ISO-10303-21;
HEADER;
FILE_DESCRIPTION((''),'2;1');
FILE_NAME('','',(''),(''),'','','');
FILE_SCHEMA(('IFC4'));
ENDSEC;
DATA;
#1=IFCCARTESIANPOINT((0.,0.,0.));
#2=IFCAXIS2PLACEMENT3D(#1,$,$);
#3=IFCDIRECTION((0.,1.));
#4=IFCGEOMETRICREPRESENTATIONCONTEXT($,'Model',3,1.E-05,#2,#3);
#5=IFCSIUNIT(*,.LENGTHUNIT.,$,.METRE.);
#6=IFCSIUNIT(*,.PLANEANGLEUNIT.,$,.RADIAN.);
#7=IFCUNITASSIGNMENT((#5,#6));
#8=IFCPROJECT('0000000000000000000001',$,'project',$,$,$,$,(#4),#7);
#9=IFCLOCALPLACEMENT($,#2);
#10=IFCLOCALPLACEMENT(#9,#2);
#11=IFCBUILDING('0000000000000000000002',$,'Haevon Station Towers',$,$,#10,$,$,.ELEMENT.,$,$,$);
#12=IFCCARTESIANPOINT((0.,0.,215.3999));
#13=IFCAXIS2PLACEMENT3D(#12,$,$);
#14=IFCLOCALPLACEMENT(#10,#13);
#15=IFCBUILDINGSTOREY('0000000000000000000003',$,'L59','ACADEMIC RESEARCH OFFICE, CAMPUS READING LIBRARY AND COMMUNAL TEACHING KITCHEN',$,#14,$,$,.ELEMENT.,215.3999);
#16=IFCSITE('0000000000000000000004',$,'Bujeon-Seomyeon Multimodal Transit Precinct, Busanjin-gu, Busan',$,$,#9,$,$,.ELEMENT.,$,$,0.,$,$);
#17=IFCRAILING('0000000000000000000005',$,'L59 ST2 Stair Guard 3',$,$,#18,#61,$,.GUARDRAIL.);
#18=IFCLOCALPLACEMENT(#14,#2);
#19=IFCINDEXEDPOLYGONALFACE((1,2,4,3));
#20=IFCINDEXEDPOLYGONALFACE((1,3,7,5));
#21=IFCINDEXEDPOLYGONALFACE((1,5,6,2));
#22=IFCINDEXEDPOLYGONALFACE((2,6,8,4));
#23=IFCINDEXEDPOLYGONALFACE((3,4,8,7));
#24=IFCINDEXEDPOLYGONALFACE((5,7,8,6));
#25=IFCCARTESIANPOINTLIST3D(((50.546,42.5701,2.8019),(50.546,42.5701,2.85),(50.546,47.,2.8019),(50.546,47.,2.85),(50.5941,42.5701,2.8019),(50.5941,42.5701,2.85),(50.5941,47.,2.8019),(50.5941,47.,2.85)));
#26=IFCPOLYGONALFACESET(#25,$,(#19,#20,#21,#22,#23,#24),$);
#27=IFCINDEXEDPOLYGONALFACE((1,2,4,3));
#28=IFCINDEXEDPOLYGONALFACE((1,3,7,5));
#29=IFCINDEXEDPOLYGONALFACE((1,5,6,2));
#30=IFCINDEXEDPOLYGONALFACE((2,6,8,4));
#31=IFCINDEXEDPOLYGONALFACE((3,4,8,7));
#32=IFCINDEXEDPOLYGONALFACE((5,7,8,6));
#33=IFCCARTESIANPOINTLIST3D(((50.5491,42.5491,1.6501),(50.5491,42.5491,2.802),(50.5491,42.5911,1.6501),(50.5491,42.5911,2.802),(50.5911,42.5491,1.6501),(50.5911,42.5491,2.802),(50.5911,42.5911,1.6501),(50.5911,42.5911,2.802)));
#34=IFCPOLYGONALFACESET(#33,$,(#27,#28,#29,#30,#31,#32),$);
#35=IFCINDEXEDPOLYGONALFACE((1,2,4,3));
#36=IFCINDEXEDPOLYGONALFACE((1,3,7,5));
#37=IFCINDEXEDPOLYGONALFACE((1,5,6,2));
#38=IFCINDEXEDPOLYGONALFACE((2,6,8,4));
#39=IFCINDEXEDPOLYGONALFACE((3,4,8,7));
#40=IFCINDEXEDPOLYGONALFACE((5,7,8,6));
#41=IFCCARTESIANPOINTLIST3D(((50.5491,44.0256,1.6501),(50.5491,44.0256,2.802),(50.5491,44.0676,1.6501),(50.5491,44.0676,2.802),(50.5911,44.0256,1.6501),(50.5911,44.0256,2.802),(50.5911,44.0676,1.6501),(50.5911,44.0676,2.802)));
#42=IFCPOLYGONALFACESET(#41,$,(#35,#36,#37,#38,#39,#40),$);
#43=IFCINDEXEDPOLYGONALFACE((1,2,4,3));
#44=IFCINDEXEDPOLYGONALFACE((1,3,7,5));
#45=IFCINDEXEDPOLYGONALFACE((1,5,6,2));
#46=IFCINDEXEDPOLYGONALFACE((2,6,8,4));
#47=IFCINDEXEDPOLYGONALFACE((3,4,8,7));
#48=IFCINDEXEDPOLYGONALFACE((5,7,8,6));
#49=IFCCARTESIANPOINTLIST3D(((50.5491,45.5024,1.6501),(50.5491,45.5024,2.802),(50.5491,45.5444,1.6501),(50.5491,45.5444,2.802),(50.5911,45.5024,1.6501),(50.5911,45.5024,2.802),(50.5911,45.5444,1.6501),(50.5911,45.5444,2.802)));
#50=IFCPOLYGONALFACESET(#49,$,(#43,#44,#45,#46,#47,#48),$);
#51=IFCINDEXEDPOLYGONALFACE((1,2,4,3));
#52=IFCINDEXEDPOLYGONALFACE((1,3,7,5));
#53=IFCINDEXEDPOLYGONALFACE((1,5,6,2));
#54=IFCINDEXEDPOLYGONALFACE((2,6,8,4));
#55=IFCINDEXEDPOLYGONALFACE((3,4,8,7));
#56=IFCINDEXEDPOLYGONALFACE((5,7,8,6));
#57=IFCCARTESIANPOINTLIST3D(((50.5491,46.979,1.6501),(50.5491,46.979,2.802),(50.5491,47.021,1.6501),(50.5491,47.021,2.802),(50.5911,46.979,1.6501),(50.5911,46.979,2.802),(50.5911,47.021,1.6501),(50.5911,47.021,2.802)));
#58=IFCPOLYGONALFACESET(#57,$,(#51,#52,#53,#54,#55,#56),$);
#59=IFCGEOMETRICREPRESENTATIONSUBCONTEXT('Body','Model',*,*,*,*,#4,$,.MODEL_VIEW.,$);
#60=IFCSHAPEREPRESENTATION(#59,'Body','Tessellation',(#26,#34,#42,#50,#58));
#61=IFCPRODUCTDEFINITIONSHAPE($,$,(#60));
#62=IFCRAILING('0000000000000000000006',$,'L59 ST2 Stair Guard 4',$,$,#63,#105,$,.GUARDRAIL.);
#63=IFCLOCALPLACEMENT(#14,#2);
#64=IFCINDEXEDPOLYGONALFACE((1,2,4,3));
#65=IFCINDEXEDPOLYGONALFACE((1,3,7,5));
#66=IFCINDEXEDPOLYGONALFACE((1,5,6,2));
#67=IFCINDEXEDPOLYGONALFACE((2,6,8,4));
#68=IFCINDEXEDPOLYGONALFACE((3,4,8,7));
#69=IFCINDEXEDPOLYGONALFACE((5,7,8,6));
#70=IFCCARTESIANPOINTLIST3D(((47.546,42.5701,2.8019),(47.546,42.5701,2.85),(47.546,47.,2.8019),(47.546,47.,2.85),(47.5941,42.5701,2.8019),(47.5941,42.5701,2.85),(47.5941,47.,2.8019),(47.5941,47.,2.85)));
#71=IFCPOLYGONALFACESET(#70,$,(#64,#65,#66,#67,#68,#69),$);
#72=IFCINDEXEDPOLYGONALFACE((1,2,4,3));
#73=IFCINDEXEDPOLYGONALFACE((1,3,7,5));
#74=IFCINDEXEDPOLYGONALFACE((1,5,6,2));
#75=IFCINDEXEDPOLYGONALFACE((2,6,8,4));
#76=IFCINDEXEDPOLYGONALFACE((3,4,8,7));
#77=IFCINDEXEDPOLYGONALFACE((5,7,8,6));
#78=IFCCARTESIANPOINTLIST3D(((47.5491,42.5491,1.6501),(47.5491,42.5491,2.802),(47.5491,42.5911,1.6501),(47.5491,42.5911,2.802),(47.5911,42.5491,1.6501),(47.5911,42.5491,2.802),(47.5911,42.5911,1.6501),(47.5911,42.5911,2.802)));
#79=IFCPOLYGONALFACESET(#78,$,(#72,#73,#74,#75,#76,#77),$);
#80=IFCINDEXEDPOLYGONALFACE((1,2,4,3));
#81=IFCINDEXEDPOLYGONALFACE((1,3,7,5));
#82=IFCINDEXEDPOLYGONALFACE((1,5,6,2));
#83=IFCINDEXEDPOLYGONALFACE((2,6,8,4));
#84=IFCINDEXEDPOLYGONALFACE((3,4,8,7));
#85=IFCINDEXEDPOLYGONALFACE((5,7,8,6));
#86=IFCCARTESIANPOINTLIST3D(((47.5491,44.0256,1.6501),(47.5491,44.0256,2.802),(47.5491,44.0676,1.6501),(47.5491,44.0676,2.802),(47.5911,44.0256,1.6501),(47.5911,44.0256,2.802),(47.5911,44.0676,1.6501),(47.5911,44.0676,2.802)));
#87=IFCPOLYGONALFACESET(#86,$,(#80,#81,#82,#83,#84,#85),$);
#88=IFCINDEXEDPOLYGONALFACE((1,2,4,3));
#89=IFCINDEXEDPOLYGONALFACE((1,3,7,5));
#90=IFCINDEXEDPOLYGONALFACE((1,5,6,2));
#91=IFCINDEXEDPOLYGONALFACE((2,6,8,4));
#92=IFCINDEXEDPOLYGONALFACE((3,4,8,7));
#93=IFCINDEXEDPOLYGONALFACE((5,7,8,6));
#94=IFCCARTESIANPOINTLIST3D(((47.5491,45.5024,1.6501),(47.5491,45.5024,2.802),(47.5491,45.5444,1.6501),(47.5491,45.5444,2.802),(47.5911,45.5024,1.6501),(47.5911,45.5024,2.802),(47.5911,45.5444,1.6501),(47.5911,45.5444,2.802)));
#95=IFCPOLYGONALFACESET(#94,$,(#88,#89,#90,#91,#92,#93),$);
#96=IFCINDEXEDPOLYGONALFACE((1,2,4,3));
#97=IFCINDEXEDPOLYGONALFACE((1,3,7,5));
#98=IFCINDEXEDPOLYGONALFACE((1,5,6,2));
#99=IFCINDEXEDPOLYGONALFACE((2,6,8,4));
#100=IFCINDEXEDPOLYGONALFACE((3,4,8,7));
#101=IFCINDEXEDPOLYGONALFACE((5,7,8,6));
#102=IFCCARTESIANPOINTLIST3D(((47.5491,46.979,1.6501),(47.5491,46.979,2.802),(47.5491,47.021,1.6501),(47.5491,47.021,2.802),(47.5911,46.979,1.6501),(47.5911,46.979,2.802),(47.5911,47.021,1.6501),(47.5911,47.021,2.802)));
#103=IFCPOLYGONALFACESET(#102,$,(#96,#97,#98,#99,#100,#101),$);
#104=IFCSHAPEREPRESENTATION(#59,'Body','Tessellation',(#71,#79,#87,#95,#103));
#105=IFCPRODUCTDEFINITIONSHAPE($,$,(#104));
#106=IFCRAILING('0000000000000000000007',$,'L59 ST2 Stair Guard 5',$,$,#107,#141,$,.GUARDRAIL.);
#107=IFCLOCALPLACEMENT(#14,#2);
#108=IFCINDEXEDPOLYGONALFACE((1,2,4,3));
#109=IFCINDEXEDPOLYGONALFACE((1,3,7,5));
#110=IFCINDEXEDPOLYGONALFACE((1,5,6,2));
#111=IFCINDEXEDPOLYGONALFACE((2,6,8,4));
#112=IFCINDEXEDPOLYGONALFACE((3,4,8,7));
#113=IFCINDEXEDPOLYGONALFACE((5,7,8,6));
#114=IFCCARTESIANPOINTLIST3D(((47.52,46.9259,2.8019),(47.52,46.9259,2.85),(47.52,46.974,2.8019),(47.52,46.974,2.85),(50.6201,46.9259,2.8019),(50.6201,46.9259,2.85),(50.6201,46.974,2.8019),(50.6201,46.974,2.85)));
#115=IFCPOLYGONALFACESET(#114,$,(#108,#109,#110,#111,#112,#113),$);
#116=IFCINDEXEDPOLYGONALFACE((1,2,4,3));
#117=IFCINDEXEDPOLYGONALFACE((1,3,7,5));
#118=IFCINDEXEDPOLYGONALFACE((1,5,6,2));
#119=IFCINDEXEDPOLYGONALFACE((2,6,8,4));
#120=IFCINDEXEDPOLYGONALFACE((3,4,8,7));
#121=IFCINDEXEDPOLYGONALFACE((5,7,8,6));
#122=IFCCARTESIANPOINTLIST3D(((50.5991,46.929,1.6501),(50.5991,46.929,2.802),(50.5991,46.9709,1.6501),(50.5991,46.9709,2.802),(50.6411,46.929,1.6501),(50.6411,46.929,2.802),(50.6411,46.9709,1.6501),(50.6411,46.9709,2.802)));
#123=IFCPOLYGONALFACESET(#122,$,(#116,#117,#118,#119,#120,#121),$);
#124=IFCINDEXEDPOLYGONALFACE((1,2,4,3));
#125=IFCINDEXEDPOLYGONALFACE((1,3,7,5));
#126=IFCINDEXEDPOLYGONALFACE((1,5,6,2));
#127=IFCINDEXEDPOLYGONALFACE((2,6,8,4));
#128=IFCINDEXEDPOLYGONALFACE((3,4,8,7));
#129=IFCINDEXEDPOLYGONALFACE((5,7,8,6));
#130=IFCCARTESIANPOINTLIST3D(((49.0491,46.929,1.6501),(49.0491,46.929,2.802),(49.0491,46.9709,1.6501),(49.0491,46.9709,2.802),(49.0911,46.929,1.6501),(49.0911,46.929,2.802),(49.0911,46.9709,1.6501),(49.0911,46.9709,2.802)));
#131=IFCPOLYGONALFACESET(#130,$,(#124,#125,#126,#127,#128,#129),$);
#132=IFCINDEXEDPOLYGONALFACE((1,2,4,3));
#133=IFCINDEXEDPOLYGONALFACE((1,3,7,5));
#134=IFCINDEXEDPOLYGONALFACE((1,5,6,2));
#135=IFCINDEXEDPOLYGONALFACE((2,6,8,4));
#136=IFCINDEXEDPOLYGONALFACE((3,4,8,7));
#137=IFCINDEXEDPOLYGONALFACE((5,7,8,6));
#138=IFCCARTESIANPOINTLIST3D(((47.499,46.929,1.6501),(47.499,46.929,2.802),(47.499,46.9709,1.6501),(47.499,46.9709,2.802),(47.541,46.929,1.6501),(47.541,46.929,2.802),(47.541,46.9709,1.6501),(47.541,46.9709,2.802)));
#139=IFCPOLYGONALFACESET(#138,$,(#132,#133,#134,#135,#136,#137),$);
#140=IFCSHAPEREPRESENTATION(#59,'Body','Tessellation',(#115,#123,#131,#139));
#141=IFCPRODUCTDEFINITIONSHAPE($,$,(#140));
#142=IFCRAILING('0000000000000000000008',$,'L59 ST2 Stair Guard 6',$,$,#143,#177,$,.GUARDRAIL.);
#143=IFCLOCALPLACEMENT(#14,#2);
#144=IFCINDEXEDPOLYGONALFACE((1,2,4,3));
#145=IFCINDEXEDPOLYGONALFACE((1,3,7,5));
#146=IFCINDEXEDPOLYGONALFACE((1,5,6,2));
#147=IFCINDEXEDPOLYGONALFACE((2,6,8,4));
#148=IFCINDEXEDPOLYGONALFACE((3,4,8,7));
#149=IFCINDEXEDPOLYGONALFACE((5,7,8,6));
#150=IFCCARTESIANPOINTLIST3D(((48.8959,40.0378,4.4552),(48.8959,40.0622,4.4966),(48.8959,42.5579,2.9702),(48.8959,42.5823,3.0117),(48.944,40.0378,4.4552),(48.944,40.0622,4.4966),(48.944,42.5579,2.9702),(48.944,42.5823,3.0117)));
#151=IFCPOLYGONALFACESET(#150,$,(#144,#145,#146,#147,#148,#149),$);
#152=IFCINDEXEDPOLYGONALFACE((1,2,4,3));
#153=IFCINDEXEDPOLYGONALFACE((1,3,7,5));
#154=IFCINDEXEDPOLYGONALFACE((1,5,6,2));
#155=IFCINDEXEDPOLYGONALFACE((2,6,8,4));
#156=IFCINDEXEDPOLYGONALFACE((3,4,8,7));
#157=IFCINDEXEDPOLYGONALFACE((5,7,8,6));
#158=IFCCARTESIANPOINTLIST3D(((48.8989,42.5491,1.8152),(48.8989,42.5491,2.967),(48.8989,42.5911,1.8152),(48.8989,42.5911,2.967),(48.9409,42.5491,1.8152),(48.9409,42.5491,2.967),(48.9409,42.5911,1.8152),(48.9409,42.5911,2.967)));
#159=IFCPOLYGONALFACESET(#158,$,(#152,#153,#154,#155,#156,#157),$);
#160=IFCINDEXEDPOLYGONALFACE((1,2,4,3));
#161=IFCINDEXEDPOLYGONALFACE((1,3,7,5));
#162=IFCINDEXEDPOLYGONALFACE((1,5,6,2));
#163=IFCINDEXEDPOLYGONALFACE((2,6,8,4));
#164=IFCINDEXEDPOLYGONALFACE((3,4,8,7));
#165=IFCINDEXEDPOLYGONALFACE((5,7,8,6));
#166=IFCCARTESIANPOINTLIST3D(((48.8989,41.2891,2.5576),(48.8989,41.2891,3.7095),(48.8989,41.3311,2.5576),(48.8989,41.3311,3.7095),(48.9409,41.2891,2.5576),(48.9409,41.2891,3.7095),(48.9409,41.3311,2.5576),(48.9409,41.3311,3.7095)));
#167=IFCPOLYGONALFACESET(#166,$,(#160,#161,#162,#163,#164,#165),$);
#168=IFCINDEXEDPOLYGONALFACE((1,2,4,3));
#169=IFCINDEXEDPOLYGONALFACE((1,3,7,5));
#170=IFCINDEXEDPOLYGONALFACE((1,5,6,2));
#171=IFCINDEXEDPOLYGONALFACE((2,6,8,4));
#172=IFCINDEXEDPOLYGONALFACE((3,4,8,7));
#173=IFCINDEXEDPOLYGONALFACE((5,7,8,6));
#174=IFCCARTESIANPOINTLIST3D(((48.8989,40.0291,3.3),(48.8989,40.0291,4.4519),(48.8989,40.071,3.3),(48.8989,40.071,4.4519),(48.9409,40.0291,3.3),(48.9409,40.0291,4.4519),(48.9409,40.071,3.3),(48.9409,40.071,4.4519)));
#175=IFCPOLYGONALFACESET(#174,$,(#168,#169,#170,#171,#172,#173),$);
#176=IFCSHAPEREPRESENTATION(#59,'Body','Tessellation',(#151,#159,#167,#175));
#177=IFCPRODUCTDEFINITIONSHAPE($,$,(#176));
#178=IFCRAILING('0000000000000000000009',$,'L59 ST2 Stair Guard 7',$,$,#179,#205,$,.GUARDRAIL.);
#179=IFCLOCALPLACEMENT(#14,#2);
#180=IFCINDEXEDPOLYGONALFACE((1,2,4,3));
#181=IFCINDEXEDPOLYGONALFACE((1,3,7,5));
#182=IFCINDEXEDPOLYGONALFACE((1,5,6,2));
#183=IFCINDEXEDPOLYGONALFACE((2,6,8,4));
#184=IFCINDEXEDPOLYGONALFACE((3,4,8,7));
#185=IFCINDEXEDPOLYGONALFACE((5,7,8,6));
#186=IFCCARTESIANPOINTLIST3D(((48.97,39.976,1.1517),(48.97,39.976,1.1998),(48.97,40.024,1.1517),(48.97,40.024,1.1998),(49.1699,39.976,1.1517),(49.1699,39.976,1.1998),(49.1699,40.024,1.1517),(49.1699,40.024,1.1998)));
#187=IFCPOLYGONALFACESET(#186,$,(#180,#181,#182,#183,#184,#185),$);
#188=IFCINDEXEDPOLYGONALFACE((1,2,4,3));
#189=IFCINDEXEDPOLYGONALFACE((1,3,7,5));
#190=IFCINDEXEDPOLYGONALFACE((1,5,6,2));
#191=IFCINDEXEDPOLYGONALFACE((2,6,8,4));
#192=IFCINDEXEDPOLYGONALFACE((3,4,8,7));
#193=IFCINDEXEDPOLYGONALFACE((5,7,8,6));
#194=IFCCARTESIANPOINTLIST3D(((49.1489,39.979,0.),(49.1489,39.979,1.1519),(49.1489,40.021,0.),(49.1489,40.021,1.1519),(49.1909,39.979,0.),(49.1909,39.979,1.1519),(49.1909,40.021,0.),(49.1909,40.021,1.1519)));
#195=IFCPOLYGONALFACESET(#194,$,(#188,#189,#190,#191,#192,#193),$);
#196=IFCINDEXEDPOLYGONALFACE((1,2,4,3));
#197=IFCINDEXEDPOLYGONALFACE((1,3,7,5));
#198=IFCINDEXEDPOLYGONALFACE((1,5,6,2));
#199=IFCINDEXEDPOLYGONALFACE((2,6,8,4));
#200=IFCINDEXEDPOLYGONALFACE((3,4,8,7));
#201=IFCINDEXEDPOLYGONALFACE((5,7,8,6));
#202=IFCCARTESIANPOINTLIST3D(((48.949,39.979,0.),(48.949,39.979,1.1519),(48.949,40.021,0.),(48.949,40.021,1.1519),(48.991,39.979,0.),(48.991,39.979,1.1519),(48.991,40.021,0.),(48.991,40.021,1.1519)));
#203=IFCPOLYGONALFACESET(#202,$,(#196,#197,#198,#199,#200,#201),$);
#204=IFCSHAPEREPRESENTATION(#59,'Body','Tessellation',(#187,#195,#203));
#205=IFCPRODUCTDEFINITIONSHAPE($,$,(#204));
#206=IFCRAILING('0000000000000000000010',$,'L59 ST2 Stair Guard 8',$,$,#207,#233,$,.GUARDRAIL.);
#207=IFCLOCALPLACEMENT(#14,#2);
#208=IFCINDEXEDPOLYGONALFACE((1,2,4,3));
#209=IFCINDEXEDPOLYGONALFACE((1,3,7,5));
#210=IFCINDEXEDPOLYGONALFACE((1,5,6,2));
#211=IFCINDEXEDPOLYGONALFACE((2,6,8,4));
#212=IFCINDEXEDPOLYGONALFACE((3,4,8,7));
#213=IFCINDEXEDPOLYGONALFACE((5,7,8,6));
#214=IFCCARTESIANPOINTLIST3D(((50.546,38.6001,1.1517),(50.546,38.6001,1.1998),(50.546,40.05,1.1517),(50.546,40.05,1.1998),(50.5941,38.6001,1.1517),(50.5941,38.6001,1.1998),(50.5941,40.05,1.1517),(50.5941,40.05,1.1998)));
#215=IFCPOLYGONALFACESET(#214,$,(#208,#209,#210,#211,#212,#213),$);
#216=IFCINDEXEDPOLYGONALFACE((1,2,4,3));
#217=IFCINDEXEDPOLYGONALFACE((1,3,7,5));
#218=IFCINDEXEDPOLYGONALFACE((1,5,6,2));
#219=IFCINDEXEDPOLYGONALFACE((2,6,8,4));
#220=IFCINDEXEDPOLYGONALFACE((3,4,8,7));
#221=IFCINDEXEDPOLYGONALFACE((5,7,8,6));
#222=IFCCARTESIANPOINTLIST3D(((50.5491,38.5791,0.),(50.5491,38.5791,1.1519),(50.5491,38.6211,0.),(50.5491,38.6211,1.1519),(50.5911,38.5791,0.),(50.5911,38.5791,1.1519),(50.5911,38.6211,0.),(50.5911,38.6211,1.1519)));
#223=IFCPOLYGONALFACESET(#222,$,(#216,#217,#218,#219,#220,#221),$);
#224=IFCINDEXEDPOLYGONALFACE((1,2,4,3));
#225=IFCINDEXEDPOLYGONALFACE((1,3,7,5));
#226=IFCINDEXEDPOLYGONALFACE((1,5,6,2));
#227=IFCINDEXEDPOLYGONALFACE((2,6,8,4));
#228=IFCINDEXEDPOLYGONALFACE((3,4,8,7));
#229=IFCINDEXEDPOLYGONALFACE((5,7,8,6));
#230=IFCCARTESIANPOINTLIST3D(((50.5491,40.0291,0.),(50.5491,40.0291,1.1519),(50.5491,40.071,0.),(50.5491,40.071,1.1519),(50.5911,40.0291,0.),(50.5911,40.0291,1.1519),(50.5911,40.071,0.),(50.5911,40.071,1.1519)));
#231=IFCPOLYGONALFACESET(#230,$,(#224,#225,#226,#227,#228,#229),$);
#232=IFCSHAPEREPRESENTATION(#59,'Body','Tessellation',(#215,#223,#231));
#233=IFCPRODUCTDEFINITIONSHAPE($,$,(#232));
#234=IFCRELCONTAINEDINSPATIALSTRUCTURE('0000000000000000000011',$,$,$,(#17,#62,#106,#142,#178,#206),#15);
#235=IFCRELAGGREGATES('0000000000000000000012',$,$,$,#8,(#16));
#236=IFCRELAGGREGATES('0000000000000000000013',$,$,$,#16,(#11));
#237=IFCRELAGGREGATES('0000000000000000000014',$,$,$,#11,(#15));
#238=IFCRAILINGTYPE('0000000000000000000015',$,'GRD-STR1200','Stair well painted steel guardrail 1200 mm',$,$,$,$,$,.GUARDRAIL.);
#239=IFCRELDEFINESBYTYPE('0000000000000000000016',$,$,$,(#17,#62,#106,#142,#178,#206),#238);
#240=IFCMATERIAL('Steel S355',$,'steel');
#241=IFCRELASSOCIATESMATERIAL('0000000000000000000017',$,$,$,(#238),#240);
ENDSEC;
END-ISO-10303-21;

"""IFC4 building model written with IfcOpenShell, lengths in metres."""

from ifc_helpers import new_model, si_unit, direction, frame, origin, origin_2d, place, context, subcontext, project, spatial, rectangle, extrude, material, type_object, element, save


model = new_model("IFC4")

# Units and contexts
model_context = context("Model", 3, precision=1e-05, world=origin(), true_north=direction((0.0, 1.0)))
body_context = subcontext(model_context, "Body", "Model", "MODEL_VIEW")
ifc_project = project(units=[si_unit("LENGTHUNIT", "METRE"), si_unit("PLANEANGLEUNIT", "RADIAN")], contexts=[model_context])

# Site, building, storey
site_placement = place(None, origin())
site = spatial("IfcSite", under=ifc_project, at=site_placement, Name="Bujeon-Seomyeon Multimodal Transit Precinct, Busanjin-gu, Busan", CompositionType="ELEMENT", RefElevation=0.0)
building_placement = place(site_placement, origin())
building = spatial("IfcBuilding", under=site, at=building_placement, Name="Haevon Station Towers", CompositionType="ELEMENT")
storey_placement = place(building_placement, frame((0.0, 0.0, 215.3999)))
storey = spatial("IfcBuildingStorey", under=building, at=storey_placement, Name="L59", Description="ACADEMIC RESEARCH OFFICE, CAMPUS READING LIBRARY AND COMMUNAL TEACHING KITCHEN", CompositionType="ELEMENT", Elevation=215.3999)

# Shared definitions
ifc_material_1 = material(Name="Steel S355", Category="steel")

# Railings
railing_type_1 = type_object("IfcRailingType", Name="GRD-STR1200", Description="Stair well painted steel guardrail 1200 mm", PredefinedType="GUARDRAIL", material=ifc_material_1)
for number, where, name in (
    (1, (50.5701, 42.5701, 1.6501), "L59 ST2 Stair Guard 3"),
    (2, (47.5701, 42.5701, 1.6501), "L59 ST2 Stair Guard 4"),
):
    element("IfcRailing", number, at=place(storey_placement, frame(where)), inside=storey, type_object=railing_type_1, Name=name, PredefinedType="GUARDRAIL", context=body_context, shape_type="SweptSolid", body=[
        extrude(rectangle(XDim=0.0481, YDim=0.0481, at=origin_2d()), frame((0.0, 0.0, 1.1758), z_axis=(0.0, 1.0, 0.0), x_axis=(-1.0, 0.0, 0.0)), (0.0, 0.0, 1.0), 4.4299),
        extrude(rectangle(XDim=0.042, YDim=0.042, at=origin_2d()), origin(), (0.0, 0.0, 1.0), 1.1519),
        extrude(rectangle(XDim=0.042, YDim=0.042, at=origin_2d()), frame((0.0, 1.4766, 0.0)), (0.0, 0.0, 1.0), 1.1519),
        extrude(rectangle(XDim=0.042, YDim=0.042, at=origin_2d()), frame((0.0, 2.9534, 0.0)), (0.0, 0.0, 1.0), 1.1519),
        extrude(rectangle(XDim=0.042, YDim=0.042, at=origin_2d()), frame((0.0, 4.4299, 0.0)), (0.0, 0.0, 1.0), 1.1519),
    ])
railing_1_placement = place(storey_placement, frame((50.6201, 46.95, 1.6501)))
element("IfcRailing", 3, at=railing_1_placement, inside=storey, type_object=railing_type_1, Name="L59 ST2 Stair Guard 5", PredefinedType="GUARDRAIL", context=body_context, shape_type="SweptSolid", body=[
    extrude(rectangle(XDim=0.0481, YDim=0.0481, at=origin_2d()), frame((0.0, 0.0, 1.1758), z_axis=(-1.0, 0.0, 0.0), x_axis=(0.0, -1.0, 0.0)), (0.0, 0.0, 1.0), 3.1001),
    extrude(rectangle(XDim=0.042, YDim=0.042, at=origin_2d()), origin(), (0.0, 0.0, 1.0), 1.1519),
    extrude(rectangle(XDim=0.042, YDim=0.042, at=origin_2d()), frame((-1.55, 0.0, 0.0)), (0.0, 0.0, 1.0), 1.1519),
    extrude(rectangle(XDim=0.042, YDim=0.042, at=origin_2d()), frame((-3.1001, 0.0, 0.0)), (0.0, 0.0, 1.0), 1.1519),
])
railing_2_placement = place(storey_placement, frame((48.9199, 42.5701, 1.8152)))
element("IfcRailing", 4, at=railing_2_placement, inside=storey, type_object=railing_type_1, Name="L59 ST2 Stair Guard 6", PredefinedType="GUARDRAIL", context=body_context, shape_type="SweptSolid", body=[
    extrude(rectangle(XDim=0.0481, YDim=0.0481, at=origin_2d()), frame((0.0, 0.0, 1.1758), z_axis=(0.0, -0.861561, 0.507655), x_axis=(1.0, 0.0, 0.0)), (0.0, 0.0, 1.0), 2.925),
    extrude(rectangle(XDim=0.042, YDim=0.042, at=origin_2d()), origin(), (0.0, 0.0, 1.0), 1.1519),
    extrude(rectangle(XDim=0.042, YDim=0.042, at=origin_2d()), frame((0.0, -1.26, 0.7424)), (0.0, 0.0, 1.0), 1.1519),
    extrude(rectangle(XDim=0.042, YDim=0.042, at=origin_2d()), frame((0.0, -2.52, 1.4849)), (0.0, 0.0, 1.0), 1.1519),
])
railing_3_placement = place(storey_placement, frame((49.1699, 40.0, 0.0)))
element("IfcRailing", 5, at=railing_3_placement, inside=storey, type_object=railing_type_1, Name="L59 ST2 Stair Guard 7", PredefinedType="GUARDRAIL", context=body_context, shape_type="SweptSolid", body=[
    extrude(rectangle(XDim=0.0481, YDim=0.0481, at=origin_2d()), frame((0.0, 0.0, 1.1758), z_axis=(-1.0, 0.0, 0.0), x_axis=(0.0, -1.0, 0.0)), (0.0, 0.0, 1.0), 0.2),
    extrude(rectangle(XDim=0.042, YDim=0.042, at=origin_2d()), origin(), (0.0, 0.0, 1.0), 1.1519),
    extrude(rectangle(XDim=0.042, YDim=0.042, at=origin_2d()), frame((-0.2, 0.0, 0.0)), (0.0, 0.0, 1.0), 1.1519),
])
for number, where, name in (
    (6, (50.5701, 38.6001, 0.0), "L59 ST2 Stair Guard 8"),
):
    element("IfcRailing", number, at=place(storey_placement, frame(where)), inside=storey, type_object=railing_type_1, Name=name, PredefinedType="GUARDRAIL", context=body_context, shape_type="SweptSolid", body=[
        extrude(rectangle(XDim=0.0481, YDim=0.0481, at=origin_2d()), frame((0.0, 0.0, 1.1758), z_axis=(0.0, 1.0, 0.0), x_axis=(-1.0, 0.0, 0.0)), (0.0, 0.0, 1.0), 1.45),
        extrude(rectangle(XDim=0.042, YDim=0.042, at=origin_2d()), origin(), (0.0, 0.0, 1.0), 1.1519),
        extrude(rectangle(XDim=0.042, YDim=0.042, at=origin_2d()), frame((0.0, 1.45, 0.0)), (0.0, 0.0, 1.0), 1.1519),
    ])

save(model, "model.ifc")
